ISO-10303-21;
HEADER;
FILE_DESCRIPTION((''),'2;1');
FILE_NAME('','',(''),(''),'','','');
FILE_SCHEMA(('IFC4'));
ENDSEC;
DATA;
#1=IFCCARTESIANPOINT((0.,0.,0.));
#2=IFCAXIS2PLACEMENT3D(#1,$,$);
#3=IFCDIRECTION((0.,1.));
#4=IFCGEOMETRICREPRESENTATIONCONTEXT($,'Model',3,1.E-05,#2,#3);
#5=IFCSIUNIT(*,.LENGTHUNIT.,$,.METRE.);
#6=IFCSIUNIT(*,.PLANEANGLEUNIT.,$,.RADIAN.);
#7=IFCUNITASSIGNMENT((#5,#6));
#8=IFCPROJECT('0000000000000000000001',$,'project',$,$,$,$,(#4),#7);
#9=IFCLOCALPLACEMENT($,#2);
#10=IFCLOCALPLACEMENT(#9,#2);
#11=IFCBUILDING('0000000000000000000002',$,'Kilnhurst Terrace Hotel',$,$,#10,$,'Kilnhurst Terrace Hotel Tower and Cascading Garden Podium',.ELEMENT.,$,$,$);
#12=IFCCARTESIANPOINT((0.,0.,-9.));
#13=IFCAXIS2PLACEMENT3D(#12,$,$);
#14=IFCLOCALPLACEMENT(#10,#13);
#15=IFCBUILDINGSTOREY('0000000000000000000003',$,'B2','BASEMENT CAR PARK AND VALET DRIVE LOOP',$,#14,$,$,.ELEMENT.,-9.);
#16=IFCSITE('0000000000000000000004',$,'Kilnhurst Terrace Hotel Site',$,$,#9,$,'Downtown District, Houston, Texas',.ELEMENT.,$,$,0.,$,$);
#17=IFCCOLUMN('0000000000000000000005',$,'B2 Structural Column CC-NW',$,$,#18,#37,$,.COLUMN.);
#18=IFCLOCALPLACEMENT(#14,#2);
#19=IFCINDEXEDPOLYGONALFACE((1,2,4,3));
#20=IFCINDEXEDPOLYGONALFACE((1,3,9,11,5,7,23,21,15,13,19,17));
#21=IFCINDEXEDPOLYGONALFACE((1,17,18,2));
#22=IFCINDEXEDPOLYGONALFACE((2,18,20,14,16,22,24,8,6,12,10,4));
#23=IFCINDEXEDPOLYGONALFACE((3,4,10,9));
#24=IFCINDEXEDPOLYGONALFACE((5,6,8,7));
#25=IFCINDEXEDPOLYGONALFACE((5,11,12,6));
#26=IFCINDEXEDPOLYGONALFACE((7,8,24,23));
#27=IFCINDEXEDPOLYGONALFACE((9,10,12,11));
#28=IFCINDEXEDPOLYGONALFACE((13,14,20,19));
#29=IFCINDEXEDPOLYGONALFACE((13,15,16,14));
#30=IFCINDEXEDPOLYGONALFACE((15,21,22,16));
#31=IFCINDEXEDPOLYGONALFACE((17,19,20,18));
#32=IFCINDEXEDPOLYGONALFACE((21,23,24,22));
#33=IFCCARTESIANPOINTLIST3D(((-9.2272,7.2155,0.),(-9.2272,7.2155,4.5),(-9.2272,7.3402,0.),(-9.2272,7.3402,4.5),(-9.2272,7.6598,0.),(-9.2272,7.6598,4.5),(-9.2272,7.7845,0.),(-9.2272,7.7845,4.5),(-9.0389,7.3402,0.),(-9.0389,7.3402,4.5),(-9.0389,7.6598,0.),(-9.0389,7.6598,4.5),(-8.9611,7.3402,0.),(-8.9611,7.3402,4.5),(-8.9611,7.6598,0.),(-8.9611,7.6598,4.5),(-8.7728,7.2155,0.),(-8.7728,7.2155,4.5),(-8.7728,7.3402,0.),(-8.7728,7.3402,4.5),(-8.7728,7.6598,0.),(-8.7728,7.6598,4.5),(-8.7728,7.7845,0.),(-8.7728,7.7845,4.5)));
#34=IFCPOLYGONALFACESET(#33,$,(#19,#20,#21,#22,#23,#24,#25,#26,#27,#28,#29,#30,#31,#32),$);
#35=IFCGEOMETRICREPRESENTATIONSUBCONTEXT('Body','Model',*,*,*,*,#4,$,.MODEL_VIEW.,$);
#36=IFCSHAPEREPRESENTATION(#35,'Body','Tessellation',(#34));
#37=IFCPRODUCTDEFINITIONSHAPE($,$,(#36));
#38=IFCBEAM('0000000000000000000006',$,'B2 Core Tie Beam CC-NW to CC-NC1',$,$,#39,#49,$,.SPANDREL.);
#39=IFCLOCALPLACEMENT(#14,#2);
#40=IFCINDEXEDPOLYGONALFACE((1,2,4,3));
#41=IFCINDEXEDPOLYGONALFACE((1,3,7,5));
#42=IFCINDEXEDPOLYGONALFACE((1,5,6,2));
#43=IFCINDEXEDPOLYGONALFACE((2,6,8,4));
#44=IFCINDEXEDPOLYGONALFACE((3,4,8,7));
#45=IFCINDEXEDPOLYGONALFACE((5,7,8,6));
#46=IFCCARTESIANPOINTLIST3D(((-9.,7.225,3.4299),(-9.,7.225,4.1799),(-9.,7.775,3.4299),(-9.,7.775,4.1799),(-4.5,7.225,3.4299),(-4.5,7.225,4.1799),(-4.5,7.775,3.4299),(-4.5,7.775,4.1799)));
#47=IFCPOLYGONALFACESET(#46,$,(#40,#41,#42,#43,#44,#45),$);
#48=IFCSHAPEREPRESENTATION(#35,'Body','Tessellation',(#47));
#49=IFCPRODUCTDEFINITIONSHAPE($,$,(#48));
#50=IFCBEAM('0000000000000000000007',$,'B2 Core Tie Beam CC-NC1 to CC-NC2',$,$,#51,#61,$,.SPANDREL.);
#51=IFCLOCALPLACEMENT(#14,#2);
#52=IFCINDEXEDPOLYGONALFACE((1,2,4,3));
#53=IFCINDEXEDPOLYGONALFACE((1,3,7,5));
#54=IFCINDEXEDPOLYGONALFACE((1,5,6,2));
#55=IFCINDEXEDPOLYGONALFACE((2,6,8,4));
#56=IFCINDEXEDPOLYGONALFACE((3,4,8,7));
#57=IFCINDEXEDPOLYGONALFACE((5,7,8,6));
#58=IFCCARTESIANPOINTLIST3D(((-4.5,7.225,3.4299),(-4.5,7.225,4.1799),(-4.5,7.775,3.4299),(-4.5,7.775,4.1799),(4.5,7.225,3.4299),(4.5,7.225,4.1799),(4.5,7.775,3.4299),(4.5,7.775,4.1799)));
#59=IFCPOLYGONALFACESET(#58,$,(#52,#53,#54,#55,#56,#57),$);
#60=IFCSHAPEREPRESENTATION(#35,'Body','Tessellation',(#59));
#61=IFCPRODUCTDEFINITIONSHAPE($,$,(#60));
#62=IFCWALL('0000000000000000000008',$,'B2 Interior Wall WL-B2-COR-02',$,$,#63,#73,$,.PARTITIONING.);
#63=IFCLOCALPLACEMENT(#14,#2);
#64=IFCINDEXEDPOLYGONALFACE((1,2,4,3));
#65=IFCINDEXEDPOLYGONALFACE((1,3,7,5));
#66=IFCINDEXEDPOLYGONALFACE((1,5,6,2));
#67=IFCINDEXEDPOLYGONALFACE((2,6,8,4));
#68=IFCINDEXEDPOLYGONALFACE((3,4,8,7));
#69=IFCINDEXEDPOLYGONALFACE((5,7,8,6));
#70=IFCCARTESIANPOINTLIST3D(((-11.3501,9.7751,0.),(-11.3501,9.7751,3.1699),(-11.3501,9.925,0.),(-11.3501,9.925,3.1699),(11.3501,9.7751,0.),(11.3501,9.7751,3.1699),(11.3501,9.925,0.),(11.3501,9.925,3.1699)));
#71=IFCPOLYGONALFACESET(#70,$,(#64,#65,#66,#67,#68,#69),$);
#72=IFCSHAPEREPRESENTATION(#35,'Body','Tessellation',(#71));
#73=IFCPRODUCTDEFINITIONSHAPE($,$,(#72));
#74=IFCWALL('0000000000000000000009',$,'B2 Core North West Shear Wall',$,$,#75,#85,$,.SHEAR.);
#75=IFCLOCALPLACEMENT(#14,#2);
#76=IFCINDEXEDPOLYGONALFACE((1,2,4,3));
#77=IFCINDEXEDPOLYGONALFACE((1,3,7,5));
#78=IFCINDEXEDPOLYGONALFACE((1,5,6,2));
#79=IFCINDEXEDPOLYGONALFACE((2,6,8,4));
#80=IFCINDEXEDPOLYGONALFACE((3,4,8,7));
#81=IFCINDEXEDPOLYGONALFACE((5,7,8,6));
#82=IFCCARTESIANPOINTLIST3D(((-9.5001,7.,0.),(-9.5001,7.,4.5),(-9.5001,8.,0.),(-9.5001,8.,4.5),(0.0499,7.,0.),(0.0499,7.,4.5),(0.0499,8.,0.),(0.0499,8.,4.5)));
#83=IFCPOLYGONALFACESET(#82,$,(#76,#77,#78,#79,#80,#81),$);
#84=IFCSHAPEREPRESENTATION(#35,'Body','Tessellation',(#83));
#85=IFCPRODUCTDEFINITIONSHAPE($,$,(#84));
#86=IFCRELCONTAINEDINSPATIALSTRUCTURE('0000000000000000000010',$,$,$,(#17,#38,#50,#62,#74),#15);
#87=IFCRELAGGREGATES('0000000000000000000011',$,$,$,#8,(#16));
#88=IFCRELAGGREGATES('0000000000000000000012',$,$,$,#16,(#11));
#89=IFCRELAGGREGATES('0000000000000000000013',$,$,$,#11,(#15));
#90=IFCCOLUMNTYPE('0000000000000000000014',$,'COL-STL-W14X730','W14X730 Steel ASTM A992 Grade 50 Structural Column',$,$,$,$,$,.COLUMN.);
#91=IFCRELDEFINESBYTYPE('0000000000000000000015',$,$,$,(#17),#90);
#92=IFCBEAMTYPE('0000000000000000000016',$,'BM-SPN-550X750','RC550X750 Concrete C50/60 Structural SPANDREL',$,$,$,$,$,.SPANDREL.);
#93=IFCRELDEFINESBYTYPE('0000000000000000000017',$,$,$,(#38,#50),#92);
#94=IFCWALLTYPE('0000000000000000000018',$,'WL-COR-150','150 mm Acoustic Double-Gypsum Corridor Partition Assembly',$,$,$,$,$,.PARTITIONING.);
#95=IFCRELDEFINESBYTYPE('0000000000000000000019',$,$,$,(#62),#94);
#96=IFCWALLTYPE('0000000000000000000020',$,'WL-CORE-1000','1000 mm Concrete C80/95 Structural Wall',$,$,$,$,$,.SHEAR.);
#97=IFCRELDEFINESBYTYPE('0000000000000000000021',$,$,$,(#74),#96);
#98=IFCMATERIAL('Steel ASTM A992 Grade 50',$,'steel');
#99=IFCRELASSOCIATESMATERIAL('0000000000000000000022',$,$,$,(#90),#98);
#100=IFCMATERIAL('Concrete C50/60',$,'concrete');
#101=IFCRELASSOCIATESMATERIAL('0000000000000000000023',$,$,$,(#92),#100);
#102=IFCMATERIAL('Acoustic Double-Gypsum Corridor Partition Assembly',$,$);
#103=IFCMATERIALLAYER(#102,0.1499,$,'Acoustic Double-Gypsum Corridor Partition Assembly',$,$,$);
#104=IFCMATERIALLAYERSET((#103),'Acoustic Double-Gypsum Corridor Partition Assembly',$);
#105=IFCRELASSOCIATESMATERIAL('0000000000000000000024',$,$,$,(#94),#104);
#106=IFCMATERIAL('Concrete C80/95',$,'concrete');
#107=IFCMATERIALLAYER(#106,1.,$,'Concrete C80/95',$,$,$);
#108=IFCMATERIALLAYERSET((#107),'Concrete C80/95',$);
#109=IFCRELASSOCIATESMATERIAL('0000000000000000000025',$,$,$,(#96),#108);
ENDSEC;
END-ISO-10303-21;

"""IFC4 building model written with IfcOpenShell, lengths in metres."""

from ifc_helpers import new_model, si_unit, direction, frame, frame_2d, origin, origin_2d, place, context, subcontext, project, spatial, rectangle, i_section, extrude, material, layer, layer_set, material_profile, profile_set, type_object, element, save


model = new_model("IFC4")

# Units and contexts
model_context = context("Model", 3, precision=1e-05, world=origin(), true_north=direction((0.0, 1.0)))
body_context = subcontext(model_context, "Body", "Model", "MODEL_VIEW")
ifc_project = project(units=[si_unit("LENGTHUNIT", "METRE"), si_unit("PLANEANGLEUNIT", "RADIAN")], contexts=[model_context])

# Site, building, storey
site_placement = place(None, origin())
site = spatial("IfcSite", under=ifc_project, at=site_placement, Name="Kilnhurst Terrace Hotel Site", LongName="Downtown District, Houston, Texas", CompositionType="ELEMENT", RefElevation=0.0)
building_placement = place(site_placement, origin())
building = spatial("IfcBuilding", under=site, at=building_placement, Name="Kilnhurst Terrace Hotel", LongName="Kilnhurst Terrace Hotel Tower and Cascading Garden Podium", CompositionType="ELEMENT")
storey_placement = place(building_placement, frame((0.0, 0.0, -9.0)))
storey = spatial("IfcBuildingStorey", under=building, at=storey_placement, Name="B2", Description="BASEMENT CAR PARK AND VALET DRIVE LOOP", CompositionType="ELEMENT", Elevation=-9.0)

# Shared definitions
ifc_material_1 = material(Name="Concrete C50/60", Category="concrete")

# Column
ifc_material_2 = material(Name="Steel ASTM A992 Grade 50", Category="steel")
ifc_material_profile_1 = material_profile(ifc_material_2, i_section(OverallWidth=0.4543, OverallDepth=0.5691, WebThickness=0.0779, FlangeThickness=0.1248, at=origin_2d()), Name="W14X730")
ifc_profile_set_1 = profile_set([ifc_material_profile_1], Name="Steel ASTM A992 Grade 50")
column_type = type_object("IfcColumnType", Name="COL-STL-W14X730", Description="W14X730 Steel ASTM A992 Grade 50 Structural Column", PredefinedType="COLUMN", material=ifc_profile_set_1)
for number, where, z_axis, x_axis, name in (
    (1, (-9.0, 7.5, 0.0), (0.0, 0.0, 1.0), (1.0, 0.0, 0.0), "B2 Structural Column CC-NW"),
):
    element("IfcColumn", number, at=place(storey_placement, frame(where, z_axis=z_axis, x_axis=x_axis)), inside=storey, type_object=column_type, Name=name, PredefinedType="COLUMN", context=body_context, shape_type="SweptSolid", body=[
        extrude(i_section(OverallWidth=0.4543, OverallDepth=0.5691, WebThickness=0.0779, FlangeThickness=0.1248, at=origin_2d()), origin(), (0.0, 0.0, 1.0), 4.5),
    ])

# Beams
ifc_material_profile_2 = material_profile(ifc_material_1, rectangle(XDim=0.55, YDim=0.75, at=origin_2d()), Name="RC550X750")
ifc_profile_set_2 = profile_set([ifc_material_profile_2], Name="Concrete C50/60")
beam_type = type_object("IfcBeamType", Name="BM-SPN-550X750", Description="RC550X750 Concrete C50/60 Structural SPANDREL", PredefinedType="SPANDREL", material=ifc_profile_set_2)
beam_1_placement = place(storey_placement, frame((-9.0, 7.5, 3.8049), z_axis=(1.0, 0.0, 0.0), x_axis=(0.0, 1.0, 0.0)))
element("IfcBeam", 2, at=beam_1_placement, inside=storey, type_object=beam_type, Name="B2 Core Tie Beam CC-NW to CC-NC1", PredefinedType="SPANDREL", context=body_context, shape_type="SweptSolid", body=[
    extrude(rectangle(XDim=0.55, YDim=0.75, at=origin_2d()), origin(), (0.0, 0.0, 1.0), 4.5),
])
beam_2_placement = place(storey_placement, frame((-4.5, 7.5, 3.8049), z_axis=(1.0, 0.0, 0.0), x_axis=(0.0, 1.0, 0.0)))
element("IfcBeam", 3, at=beam_2_placement, inside=storey, type_object=beam_type, Name="B2 Core Tie Beam CC-NC1 to CC-NC2", PredefinedType="SPANDREL", context=body_context, shape_type="SweptSolid", body=[
    extrude(rectangle(XDim=0.55, YDim=0.75, at=origin_2d()), origin(), (0.0, 0.0, 1.0), 9.0),
])

# Walls
ifc_material_3 = material(Name="Acoustic Double-Gypsum Corridor Partition Assembly")
ifc_layer_1 = layer(ifc_material_3, 0.1499, Name="Acoustic Double-Gypsum Corridor Partition Assembly")
ifc_layer_set_1 = layer_set([ifc_layer_1], Name="Acoustic Double-Gypsum Corridor Partition Assembly")
wall_type_1 = type_object("IfcWallType", Name="WL-COR-150", Description="150 mm Acoustic Double-Gypsum Corridor Partition Assembly", PredefinedType="PARTITIONING", material=ifc_layer_set_1)
wall_1_placement = place(storey_placement, frame((-11.3501, 9.8501, 0.0), z_axis=(0.0, 0.0, 1.0), x_axis=(1.0, 0.0, 0.0)))
element("IfcWall", 4, at=wall_1_placement, inside=storey, type_object=wall_type_1, Name="B2 Interior Wall WL-B2-COR-02", PredefinedType="PARTITIONING", context=body_context, shape_type="SweptSolid", body=[
    extrude(rectangle(XDim=22.7002, YDim=0.1499, at=frame_2d((11.3501, 0.0))), origin(), (0.0, 0.0, 1.0), 3.1699),
])
ifc_material_4 = material(Name="Concrete C80/95", Category="concrete")
ifc_layer_2 = layer(ifc_material_4, 1.0, Name="Concrete C80/95")
ifc_layer_set_2 = layer_set([ifc_layer_2], Name="Concrete C80/95")
wall_type_2 = type_object("IfcWallType", Name="WL-CORE-1000", Description="1000 mm Concrete C80/95 Structural Wall", PredefinedType="SHEAR", material=ifc_layer_set_2)
wall_2_placement = place(storey_placement, frame((-9.5, 7.5, 0.0), z_axis=(0.0, 0.0, 1.0), x_axis=(1.0, 0.0, 0.0)))
element("IfcWall", 5, at=wall_2_placement, inside=storey, type_object=wall_type_2, Name="B2 Core North West Shear Wall", PredefinedType="SHEAR", context=body_context, shape_type="SweptSolid", body=[
    extrude(rectangle(XDim=9.55, YDim=1.0, at=frame_2d((4.7749, 0.0))), origin(), (0.0, 0.0, 1.0), 4.5),
])

save(model, "model.ifc")
